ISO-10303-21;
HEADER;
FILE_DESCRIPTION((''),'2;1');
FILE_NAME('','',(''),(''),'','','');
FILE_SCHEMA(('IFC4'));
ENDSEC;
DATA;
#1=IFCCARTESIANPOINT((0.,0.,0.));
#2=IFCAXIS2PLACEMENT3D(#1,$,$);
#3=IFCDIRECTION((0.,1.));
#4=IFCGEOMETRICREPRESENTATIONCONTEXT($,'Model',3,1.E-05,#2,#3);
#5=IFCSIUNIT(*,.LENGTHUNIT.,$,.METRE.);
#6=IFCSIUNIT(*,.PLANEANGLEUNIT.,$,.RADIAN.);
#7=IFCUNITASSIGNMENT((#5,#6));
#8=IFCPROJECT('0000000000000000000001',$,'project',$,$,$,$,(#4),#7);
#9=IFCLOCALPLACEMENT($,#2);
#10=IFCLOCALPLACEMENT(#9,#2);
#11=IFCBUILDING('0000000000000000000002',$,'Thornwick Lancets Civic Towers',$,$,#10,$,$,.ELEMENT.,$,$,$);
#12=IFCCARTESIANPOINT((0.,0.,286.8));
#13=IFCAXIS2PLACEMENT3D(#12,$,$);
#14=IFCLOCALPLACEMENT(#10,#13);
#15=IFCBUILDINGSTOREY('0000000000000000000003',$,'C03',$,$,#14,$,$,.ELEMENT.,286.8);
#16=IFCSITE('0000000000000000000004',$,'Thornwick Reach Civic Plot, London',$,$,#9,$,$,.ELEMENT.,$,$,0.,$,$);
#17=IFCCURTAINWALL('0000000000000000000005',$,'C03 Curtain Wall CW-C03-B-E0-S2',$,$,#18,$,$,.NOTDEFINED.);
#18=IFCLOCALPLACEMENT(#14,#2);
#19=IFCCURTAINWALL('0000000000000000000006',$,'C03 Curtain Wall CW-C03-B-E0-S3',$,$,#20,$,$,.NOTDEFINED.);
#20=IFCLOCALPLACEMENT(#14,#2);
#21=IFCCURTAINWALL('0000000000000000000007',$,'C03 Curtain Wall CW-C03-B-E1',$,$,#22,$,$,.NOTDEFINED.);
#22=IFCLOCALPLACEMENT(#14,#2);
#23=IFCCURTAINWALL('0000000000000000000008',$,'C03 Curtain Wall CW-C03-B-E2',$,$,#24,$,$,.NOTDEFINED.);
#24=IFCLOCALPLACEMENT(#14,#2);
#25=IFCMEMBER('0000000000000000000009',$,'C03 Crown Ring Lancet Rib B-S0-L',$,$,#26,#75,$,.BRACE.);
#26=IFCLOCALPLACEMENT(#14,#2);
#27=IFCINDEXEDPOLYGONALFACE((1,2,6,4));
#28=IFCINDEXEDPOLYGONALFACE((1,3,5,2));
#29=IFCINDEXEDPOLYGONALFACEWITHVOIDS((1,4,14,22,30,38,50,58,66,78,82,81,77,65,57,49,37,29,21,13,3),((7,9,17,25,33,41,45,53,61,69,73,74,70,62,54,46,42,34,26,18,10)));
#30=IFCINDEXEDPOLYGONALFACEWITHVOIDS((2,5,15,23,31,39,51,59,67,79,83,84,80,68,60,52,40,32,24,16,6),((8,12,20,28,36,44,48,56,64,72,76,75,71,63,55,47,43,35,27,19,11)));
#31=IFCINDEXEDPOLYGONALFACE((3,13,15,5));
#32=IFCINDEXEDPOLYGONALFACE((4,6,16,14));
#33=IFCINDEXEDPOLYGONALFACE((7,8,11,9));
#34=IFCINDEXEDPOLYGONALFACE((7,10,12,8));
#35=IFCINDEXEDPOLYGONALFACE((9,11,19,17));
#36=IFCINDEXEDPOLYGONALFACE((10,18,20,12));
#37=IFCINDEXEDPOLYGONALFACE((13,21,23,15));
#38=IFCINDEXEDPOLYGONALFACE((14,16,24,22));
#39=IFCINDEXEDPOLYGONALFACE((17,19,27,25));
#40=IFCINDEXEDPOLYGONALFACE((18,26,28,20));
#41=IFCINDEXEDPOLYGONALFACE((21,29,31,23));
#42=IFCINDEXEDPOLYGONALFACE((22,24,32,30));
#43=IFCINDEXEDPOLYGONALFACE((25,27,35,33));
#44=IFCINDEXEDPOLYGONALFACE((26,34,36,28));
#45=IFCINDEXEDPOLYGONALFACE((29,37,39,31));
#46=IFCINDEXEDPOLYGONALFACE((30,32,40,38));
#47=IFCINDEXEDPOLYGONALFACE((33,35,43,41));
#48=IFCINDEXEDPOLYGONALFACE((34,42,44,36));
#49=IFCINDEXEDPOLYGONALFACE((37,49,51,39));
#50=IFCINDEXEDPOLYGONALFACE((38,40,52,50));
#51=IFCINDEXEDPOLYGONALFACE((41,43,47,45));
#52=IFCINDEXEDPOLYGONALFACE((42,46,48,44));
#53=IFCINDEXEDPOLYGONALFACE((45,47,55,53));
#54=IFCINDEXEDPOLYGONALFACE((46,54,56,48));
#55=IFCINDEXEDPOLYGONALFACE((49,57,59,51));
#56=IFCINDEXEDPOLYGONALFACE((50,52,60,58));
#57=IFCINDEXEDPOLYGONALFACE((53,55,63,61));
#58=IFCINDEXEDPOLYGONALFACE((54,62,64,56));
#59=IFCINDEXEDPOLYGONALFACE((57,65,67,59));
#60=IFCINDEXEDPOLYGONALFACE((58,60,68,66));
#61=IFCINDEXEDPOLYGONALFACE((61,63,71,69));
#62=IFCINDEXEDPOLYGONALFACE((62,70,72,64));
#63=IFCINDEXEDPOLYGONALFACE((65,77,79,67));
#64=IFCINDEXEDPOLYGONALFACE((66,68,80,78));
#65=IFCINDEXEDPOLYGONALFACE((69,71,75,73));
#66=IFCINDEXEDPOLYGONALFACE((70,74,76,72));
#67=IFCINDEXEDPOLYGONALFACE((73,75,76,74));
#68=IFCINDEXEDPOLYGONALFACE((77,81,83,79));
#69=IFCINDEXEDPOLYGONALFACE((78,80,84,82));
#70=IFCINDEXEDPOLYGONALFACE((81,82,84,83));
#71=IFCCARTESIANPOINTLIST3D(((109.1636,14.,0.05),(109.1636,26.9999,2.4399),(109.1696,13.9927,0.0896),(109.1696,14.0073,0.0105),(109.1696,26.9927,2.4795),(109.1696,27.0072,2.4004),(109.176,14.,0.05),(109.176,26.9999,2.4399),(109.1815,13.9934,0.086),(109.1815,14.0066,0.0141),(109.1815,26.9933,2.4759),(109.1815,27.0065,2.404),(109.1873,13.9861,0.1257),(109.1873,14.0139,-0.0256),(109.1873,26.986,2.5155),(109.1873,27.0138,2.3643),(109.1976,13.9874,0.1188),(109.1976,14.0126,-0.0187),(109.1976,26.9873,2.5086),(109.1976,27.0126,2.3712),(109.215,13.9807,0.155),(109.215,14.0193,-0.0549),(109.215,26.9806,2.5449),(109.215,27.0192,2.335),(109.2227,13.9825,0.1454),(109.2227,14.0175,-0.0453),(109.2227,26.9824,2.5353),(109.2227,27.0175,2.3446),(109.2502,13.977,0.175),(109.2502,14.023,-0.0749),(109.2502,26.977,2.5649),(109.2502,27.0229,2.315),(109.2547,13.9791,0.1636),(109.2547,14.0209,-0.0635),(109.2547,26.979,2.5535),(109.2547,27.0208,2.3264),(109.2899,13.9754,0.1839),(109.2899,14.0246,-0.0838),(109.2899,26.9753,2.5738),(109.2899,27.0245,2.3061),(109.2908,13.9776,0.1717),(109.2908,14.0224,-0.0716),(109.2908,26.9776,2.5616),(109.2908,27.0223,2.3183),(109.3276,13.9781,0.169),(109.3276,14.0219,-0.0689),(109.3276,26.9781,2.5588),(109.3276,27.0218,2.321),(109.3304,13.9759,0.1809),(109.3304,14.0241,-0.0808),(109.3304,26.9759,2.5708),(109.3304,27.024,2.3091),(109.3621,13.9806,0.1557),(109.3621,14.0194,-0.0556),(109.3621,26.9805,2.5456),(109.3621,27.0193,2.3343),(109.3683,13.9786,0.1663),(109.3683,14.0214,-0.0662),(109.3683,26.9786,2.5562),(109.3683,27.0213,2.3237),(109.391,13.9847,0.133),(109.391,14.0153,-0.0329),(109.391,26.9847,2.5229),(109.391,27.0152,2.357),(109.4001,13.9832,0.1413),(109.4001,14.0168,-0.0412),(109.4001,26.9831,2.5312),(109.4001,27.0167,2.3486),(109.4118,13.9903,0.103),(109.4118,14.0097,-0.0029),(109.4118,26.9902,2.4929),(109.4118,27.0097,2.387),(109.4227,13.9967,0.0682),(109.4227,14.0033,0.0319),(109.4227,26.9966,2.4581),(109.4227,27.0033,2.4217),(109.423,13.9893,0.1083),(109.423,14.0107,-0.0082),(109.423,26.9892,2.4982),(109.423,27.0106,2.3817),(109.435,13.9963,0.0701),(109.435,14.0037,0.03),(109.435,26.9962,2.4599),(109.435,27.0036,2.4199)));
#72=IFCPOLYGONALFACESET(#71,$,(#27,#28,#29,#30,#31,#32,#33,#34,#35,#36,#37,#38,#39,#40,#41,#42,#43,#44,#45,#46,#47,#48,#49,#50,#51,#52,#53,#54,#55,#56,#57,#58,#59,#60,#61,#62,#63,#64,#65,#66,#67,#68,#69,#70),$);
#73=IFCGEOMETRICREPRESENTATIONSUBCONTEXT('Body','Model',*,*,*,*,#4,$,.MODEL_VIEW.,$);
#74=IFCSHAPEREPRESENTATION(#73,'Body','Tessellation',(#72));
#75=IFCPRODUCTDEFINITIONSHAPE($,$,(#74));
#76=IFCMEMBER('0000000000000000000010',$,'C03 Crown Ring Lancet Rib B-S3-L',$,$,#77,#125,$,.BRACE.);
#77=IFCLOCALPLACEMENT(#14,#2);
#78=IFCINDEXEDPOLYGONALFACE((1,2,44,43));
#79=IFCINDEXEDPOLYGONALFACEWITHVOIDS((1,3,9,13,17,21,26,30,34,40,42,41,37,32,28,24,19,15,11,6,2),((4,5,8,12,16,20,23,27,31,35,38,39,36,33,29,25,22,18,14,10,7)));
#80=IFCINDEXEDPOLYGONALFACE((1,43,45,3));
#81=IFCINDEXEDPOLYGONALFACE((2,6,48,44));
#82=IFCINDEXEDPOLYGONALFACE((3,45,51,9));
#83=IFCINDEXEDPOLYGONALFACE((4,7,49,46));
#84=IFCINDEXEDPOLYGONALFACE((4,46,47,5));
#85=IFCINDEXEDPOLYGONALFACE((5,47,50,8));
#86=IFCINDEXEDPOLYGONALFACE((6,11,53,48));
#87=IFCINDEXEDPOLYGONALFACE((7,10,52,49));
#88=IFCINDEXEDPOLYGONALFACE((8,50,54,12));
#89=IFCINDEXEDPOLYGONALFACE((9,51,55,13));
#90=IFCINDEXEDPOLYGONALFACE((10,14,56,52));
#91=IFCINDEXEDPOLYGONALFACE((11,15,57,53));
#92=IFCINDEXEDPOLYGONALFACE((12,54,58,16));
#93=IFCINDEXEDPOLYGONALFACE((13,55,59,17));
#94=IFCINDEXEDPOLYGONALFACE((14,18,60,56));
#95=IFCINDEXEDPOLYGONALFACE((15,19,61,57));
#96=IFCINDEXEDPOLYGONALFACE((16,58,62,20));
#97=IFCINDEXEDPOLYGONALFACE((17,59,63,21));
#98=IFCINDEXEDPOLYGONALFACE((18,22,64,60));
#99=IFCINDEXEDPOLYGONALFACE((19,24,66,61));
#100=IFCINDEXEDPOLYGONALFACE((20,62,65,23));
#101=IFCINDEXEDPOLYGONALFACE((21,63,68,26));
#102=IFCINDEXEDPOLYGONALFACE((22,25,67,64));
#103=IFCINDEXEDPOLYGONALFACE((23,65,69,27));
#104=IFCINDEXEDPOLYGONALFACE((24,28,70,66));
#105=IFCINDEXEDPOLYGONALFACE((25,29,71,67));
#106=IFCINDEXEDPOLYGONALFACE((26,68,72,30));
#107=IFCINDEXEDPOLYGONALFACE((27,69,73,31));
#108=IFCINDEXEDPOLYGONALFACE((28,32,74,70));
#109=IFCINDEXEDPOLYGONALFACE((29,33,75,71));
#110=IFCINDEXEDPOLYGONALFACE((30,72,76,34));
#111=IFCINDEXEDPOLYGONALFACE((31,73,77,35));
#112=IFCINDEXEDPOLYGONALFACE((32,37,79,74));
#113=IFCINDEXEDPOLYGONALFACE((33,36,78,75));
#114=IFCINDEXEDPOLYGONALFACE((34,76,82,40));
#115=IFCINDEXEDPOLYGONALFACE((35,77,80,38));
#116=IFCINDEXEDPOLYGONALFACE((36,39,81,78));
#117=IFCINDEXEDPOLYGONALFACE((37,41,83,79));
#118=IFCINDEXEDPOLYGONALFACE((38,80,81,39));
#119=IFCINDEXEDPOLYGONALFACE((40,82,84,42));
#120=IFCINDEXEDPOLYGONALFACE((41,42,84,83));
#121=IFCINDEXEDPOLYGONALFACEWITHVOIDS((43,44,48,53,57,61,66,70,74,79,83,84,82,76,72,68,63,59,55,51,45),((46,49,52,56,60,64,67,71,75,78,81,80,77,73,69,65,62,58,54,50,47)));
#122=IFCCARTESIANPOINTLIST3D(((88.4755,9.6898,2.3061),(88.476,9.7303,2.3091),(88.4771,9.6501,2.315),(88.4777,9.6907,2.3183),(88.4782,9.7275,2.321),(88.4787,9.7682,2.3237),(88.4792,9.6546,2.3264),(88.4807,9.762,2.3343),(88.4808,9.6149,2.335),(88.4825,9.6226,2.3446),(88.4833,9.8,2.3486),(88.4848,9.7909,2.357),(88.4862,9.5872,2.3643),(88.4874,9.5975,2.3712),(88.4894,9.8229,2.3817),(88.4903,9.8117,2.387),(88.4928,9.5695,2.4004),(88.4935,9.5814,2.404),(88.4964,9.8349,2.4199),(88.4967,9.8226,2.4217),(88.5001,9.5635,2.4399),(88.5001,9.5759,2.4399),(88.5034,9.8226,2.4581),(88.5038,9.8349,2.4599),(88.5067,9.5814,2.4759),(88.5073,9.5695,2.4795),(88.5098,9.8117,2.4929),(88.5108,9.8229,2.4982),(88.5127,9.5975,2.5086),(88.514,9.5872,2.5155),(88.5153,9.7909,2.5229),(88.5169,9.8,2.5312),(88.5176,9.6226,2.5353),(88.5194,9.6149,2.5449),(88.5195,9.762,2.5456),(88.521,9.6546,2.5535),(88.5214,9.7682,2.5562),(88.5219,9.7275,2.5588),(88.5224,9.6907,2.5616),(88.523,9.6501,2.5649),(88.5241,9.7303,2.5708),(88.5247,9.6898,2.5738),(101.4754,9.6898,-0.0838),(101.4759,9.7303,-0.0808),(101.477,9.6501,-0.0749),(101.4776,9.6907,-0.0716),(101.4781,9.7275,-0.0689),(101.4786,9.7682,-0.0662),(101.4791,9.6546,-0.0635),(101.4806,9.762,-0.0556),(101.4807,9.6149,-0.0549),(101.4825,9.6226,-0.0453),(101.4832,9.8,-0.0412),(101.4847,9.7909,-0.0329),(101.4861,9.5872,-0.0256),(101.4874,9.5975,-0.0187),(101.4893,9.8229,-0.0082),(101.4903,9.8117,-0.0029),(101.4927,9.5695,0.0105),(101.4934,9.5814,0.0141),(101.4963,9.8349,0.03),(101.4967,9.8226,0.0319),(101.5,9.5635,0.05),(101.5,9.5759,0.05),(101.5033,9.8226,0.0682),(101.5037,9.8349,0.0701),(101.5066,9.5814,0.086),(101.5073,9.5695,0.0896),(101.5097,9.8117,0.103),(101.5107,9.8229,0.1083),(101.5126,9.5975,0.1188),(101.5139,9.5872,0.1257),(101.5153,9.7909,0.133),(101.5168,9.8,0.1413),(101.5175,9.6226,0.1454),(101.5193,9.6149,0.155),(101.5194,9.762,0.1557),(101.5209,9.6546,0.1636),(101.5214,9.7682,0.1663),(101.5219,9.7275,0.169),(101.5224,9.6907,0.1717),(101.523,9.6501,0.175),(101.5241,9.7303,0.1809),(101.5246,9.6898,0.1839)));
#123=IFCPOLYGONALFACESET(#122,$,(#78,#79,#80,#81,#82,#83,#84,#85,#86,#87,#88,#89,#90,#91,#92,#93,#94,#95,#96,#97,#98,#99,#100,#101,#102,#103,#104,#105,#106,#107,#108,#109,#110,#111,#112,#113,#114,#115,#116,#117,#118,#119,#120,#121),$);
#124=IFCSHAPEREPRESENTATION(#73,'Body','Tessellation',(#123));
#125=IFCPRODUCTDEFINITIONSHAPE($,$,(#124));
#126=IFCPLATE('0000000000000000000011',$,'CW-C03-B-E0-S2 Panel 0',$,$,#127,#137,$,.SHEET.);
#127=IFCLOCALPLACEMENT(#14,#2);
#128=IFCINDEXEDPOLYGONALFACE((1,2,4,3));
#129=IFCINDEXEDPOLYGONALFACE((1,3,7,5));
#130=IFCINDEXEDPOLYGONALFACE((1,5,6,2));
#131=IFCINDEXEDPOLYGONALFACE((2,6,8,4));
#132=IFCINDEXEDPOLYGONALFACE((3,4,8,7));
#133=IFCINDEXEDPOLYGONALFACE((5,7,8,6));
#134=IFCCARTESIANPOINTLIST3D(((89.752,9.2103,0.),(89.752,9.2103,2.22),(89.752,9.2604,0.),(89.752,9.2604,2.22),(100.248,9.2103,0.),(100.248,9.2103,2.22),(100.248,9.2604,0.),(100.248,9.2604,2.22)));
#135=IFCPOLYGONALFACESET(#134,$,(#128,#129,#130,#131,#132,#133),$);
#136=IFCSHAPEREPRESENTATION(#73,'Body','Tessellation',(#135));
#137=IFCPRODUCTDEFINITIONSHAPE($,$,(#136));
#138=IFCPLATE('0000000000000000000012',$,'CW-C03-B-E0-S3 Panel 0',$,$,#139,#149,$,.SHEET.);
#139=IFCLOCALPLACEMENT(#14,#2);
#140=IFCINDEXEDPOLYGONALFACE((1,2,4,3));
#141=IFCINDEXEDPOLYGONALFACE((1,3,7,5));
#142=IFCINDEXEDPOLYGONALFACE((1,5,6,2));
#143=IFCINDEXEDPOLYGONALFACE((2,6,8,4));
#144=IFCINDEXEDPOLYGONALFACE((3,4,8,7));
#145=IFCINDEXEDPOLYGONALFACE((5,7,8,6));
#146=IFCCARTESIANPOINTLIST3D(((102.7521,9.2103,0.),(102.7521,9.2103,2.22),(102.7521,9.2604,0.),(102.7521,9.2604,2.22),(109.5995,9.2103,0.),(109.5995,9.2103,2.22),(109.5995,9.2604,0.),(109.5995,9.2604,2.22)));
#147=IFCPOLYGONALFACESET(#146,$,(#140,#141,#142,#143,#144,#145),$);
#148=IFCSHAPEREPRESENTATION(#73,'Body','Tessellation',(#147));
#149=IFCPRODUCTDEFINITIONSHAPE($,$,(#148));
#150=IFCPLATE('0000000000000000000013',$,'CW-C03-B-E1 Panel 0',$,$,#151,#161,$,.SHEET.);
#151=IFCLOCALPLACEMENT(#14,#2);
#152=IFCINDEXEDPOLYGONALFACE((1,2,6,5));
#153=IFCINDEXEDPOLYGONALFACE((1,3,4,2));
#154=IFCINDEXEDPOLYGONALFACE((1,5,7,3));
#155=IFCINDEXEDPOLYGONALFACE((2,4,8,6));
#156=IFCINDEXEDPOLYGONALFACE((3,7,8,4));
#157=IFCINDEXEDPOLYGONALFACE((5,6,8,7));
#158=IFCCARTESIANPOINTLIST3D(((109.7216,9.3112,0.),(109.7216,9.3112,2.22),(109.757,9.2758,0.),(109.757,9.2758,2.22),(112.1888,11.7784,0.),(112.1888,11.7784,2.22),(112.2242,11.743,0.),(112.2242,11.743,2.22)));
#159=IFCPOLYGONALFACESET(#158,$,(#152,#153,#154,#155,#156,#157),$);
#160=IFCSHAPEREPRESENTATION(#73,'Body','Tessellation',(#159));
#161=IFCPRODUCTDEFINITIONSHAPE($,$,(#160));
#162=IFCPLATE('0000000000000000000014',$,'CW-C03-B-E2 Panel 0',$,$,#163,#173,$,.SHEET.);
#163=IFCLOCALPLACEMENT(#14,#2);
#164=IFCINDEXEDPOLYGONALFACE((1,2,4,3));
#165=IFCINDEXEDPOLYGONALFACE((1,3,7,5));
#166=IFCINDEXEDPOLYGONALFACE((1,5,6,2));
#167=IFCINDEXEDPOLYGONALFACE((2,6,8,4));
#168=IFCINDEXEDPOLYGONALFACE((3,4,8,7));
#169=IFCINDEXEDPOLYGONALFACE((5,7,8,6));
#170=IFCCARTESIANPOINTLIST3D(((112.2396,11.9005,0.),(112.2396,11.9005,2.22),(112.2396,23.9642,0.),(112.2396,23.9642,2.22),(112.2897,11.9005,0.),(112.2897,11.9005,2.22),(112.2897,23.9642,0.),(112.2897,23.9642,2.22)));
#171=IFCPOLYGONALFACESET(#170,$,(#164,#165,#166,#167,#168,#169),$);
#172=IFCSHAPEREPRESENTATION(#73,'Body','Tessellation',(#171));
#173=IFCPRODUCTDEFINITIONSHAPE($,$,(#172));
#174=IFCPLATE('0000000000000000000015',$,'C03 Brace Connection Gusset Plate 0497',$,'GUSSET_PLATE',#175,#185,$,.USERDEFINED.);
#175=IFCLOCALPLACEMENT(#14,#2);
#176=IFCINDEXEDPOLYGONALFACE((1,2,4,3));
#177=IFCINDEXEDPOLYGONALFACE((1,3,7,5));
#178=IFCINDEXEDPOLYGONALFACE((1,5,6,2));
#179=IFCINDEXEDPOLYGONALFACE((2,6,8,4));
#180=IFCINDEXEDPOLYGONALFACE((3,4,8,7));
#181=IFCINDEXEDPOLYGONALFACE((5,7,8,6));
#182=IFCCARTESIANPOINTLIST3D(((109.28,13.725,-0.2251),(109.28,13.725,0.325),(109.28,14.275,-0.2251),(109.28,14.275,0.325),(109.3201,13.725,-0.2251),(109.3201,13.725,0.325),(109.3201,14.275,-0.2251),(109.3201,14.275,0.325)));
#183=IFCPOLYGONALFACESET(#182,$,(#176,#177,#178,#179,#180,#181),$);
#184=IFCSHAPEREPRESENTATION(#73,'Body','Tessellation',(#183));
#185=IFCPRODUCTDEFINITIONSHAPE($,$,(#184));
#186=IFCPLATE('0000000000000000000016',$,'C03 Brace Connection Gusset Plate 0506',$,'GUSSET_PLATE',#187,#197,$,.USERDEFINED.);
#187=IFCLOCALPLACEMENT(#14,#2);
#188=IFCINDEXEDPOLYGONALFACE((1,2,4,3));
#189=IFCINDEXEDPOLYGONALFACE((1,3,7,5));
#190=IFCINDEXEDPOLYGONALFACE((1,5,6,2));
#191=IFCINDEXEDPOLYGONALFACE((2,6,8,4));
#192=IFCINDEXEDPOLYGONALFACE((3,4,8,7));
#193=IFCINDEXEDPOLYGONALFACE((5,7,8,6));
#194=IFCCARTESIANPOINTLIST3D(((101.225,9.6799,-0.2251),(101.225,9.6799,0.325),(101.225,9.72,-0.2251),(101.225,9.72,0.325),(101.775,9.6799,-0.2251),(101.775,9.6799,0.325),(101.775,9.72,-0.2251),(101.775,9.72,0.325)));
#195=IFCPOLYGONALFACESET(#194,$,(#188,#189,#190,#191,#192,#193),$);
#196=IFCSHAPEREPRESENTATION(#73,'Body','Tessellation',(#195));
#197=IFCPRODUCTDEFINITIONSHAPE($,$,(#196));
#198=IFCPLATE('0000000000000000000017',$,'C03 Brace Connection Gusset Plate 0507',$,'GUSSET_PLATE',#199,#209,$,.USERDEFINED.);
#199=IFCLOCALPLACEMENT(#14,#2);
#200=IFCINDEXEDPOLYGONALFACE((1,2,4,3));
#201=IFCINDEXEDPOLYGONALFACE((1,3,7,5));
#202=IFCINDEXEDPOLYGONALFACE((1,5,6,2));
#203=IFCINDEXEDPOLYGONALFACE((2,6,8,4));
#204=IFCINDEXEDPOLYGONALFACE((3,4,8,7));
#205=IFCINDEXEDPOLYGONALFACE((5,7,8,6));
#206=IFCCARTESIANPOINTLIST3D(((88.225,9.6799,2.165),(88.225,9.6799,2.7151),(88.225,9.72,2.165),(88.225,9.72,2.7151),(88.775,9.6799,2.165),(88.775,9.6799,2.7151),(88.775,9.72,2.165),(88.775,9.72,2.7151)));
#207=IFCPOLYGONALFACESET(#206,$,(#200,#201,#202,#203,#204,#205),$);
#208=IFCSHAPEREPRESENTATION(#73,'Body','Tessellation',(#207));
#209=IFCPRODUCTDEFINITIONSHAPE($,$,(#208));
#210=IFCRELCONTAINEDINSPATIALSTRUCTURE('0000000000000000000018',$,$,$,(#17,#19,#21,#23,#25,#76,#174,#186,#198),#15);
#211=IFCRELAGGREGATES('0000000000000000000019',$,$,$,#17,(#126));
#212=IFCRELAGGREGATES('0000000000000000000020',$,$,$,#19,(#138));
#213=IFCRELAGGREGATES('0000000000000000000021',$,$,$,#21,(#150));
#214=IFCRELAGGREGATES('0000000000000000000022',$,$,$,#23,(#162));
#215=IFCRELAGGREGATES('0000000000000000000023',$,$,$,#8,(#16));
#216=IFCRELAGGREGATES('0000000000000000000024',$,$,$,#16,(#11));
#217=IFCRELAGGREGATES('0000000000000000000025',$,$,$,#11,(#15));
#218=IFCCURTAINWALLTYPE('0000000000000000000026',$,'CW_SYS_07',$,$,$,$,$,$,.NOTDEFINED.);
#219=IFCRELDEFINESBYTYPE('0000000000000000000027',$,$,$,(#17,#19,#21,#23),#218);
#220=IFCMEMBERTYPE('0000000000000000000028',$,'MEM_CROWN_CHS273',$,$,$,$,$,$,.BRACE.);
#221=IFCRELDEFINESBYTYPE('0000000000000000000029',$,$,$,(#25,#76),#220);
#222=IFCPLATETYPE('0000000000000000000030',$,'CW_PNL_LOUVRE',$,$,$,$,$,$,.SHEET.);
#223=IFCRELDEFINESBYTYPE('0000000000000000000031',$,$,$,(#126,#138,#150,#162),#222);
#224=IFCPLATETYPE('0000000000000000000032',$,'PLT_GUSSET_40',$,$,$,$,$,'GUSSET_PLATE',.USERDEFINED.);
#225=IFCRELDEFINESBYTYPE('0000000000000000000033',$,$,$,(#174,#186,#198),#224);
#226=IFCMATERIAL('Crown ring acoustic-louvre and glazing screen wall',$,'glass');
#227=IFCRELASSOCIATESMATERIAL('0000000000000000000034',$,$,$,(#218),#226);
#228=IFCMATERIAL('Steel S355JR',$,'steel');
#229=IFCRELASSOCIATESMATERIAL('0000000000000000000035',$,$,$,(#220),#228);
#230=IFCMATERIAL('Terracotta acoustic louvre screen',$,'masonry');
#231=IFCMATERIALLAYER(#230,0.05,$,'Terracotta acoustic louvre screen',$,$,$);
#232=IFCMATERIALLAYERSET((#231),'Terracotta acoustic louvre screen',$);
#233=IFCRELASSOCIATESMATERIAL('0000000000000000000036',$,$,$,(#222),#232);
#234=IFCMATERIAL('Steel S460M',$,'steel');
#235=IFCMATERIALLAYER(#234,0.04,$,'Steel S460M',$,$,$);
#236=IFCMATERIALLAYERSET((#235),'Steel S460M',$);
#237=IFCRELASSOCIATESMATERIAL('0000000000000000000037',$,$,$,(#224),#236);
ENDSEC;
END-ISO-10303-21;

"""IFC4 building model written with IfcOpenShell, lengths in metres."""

from ifc_helpers import new_model, si_unit, direction, frame, origin, origin_2d, place, context, subcontext, project, spatial, rectangle, hollow_circle, extrude, material, layer, layer_set, material_profile, profile_set, type_object, element, aggregate, save


model = new_model("IFC4")

# Units and contexts
model_context = context("Model", 3, precision=1e-05, world=origin(), true_north=direction((0.0, 1.0)))
body_context = subcontext(model_context, "Body", "Model", "MODEL_VIEW")
ifc_project = project(units=[si_unit("LENGTHUNIT", "METRE"), si_unit("PLANEANGLEUNIT", "RADIAN")], contexts=[model_context])

# Site, building, storey
site_placement = place(None, origin())
site = spatial("IfcSite", under=ifc_project, at=site_placement, Name="Thornwick Reach Civic Plot, London", CompositionType="ELEMENT", RefElevation=0.0)
building_placement = place(site_placement, origin())
building = spatial("IfcBuilding", under=site, at=building_placement, Name="Thornwick Lancets Civic Towers", CompositionType="ELEMENT")
storey_placement = place(building_placement, frame((0.0, 0.0, 286.8)))
storey = spatial("IfcBuildingStorey", under=building, at=storey_placement, Name="C03", CompositionType="ELEMENT", Elevation=286.8)

# Shared definitions
ifc_material_1 = material(Name="Steel S355JR", Category="steel")

# Curtain walls
ifc_material_2 = material(Name="Crown ring acoustic-louvre and glazing screen wall", Category="glass")
curtain_wall_type = type_object("IfcCurtainWallType", Name="CW_SYS_07", PredefinedType="NOTDEFINED", material=ifc_material_2)
curtain_wall_1_placement = place(storey_placement, origin())
curtain_wall_1 = element("IfcCurtainWall", 1, at=curtain_wall_1_placement, inside=storey, type_object=curtain_wall_type, Name="C03 Curtain Wall CW-C03-B-E0-S2", PredefinedType="NOTDEFINED")
curtain_wall_2_placement = place(storey_placement, origin())
curtain_wall_2 = element("IfcCurtainWall", 2, at=curtain_wall_2_placement, inside=storey, type_object=curtain_wall_type, Name="C03 Curtain Wall CW-C03-B-E0-S3", PredefinedType="NOTDEFINED")
curtain_wall_3_placement = place(storey_placement, origin())
curtain_wall_3 = element("IfcCurtainWall", 3, at=curtain_wall_3_placement, inside=storey, type_object=curtain_wall_type, Name="C03 Curtain Wall CW-C03-B-E1", PredefinedType="NOTDEFINED")
curtain_wall_4_placement = place(storey_placement, origin())
curtain_wall_4 = element("IfcCurtainWall", 4, at=curtain_wall_4_placement, inside=storey, type_object=curtain_wall_type, Name="C03 Curtain Wall CW-C03-B-E2", PredefinedType="NOTDEFINED")

# Members
ifc_material_profile_1 = material_profile(ifc_material_1, hollow_circle(Radius=0.1365, WallThickness=0.0125, at=origin_2d()), Name="CHS 273x12.5")
ifc_profile_set_1 = profile_set([ifc_material_profile_1], Name="Steel S355JR")
member_type_1 = type_object("IfcMemberType", Name="MEM_CROWN_CHS273", PredefinedType="BRACE", material=ifc_profile_set_1)
for number, where, z_axis, x_axis, name in (
    (5, (109.3, 14.0, 0.05), (0.0, 0.983518, 0.180808), (-1.0, 0.0, 0.0), "C03 Crown Ring Lancet Rib B-S0-L"),
    (6, (101.5, 9.7, 0.05), (-0.983518, 0.0, 0.180808), (0.0, -1.0, 0.0), "C03 Crown Ring Lancet Rib B-S3-L"),
):
    element("IfcMember", number, at=place(storey_placement, frame(where, z_axis=z_axis, x_axis=x_axis)), inside=storey, type_object=member_type_1, Name=name, PredefinedType="BRACE", context=body_context, shape_type="SweptSolid", body=[
        extrude(hollow_circle(Radius=0.1365, WallThickness=0.0125, at=origin_2d()), origin(), (0.0, 0.0, 1.0), 13.2178),
    ])

# Plates
ifc_material_3 = material(Name="Terracotta acoustic louvre screen", Category="masonry")
ifc_layer_1 = layer(ifc_material_3, 0.05, Name="Terracotta acoustic louvre screen")
ifc_layer_set_1 = layer_set([ifc_layer_1], Name="Terracotta acoustic louvre screen")
plate_type_1 = type_object("IfcPlateType", Name="CW_PNL_LOUVRE", PredefinedType="SHEET", material=ifc_layer_set_1)
plate_1_placement = place(storey_placement, frame((95.0, 9.2354, 0.0), z_axis=(0.0, 0.0, 1.0), x_axis=(1.0, 0.0, 0.0)))
plate_1 = element("IfcPlate", 7, at=plate_1_placement, type_object=plate_type_1, Name="CW-C03-B-E0-S2 Panel 0", PredefinedType="SHEET", context=body_context, shape_type="SweptSolid", body=[
    extrude(rectangle(XDim=10.4961, YDim=0.05, at=origin_2d()), origin(), (0.0, 0.0, 1.0), 2.22),
])
aggregate(curtain_wall_1, [plate_1])
plate_2_placement = place(storey_placement, frame((106.1758, 9.2354, 0.0), z_axis=(0.0, 0.0, 1.0), x_axis=(1.0, 0.0, 0.0)))
plate_2 = element("IfcPlate", 8, at=plate_2_placement, type_object=plate_type_1, Name="CW-C03-B-E0-S3 Panel 0", PredefinedType="SHEET", context=body_context, shape_type="SweptSolid", body=[
    extrude(rectangle(XDim=6.8474, YDim=0.05, at=origin_2d()), origin(), (0.0, 0.0, 1.0), 2.22),
])
aggregate(curtain_wall_2, [plate_2])
plate_3_placement = place(storey_placement, frame((110.9729, 10.5271, 0.0), z_axis=(0.0, 0.0, 1.0), x_axis=(0.707107, 0.707107, 0.0)))
plate_3 = element("IfcPlate", 9, at=plate_3_placement, type_object=plate_type_1, Name="CW-C03-B-E1 Panel 0", PredefinedType="SHEET", context=body_context, shape_type="SweptSolid", body=[
    extrude(rectangle(XDim=3.4893, YDim=0.05, at=origin_2d()), origin(), (0.0, 0.0, 1.0), 2.22),
])
aggregate(curtain_wall_3, [plate_3])
plate_4_placement = place(storey_placement, frame((112.2646, 17.9324, 0.0), z_axis=(0.0, 0.0, 1.0), x_axis=(0.0, 1.0, 0.0)))
plate_4 = element("IfcPlate", 10, at=plate_4_placement, type_object=plate_type_1, Name="CW-C03-B-E2 Panel 0", PredefinedType="SHEET", context=body_context, shape_type="SweptSolid", body=[
    extrude(rectangle(XDim=12.0637, YDim=0.05, at=origin_2d()), origin(), (0.0, 0.0, 1.0), 2.22),
])
aggregate(curtain_wall_4, [plate_4])

# Plates
ifc_material_4 = material(Name="Steel S460M", Category="steel")
ifc_layer_2 = layer(ifc_material_4, 0.04, Name="Steel S460M")
ifc_layer_set_2 = layer_set([ifc_layer_2], Name="Steel S460M")
plate_type_2 = type_object("IfcPlateType", Name="PLT_GUSSET_40", ElementType="GUSSET_PLATE", PredefinedType="USERDEFINED", material=ifc_layer_set_2)
for number, where, z_axis, x_axis, name in (
    (11, (109.3, 14.0, -0.2251), (0.0, 0.0, 1.0), (0.0, 1.0, 0.0), "C03 Brace Connection Gusset Plate 0497"),
    (12, (101.5, 9.7, -0.2251), (0.0, 0.0, 1.0), (-1.0, 0.0, 0.0), "C03 Brace Connection Gusset Plate 0506"),
    (13, (88.5, 9.7, 2.165), (0.0, 0.0, 1.0), (-1.0, 0.0, 0.0), "C03 Brace Connection Gusset Plate 0507"),
):
    element("IfcPlate", number, at=place(storey_placement, frame(where, z_axis=z_axis, x_axis=x_axis)), inside=storey, type_object=plate_type_2, Name=name, ObjectType="GUSSET_PLATE", PredefinedType="USERDEFINED", context=body_context, shape_type="SweptSolid", body=[
        extrude(rectangle(XDim=0.55, YDim=0.04, at=origin_2d()), origin(), (0.0, 0.0, 1.0), 0.55),
    ])

save(model, "model.ifc")
